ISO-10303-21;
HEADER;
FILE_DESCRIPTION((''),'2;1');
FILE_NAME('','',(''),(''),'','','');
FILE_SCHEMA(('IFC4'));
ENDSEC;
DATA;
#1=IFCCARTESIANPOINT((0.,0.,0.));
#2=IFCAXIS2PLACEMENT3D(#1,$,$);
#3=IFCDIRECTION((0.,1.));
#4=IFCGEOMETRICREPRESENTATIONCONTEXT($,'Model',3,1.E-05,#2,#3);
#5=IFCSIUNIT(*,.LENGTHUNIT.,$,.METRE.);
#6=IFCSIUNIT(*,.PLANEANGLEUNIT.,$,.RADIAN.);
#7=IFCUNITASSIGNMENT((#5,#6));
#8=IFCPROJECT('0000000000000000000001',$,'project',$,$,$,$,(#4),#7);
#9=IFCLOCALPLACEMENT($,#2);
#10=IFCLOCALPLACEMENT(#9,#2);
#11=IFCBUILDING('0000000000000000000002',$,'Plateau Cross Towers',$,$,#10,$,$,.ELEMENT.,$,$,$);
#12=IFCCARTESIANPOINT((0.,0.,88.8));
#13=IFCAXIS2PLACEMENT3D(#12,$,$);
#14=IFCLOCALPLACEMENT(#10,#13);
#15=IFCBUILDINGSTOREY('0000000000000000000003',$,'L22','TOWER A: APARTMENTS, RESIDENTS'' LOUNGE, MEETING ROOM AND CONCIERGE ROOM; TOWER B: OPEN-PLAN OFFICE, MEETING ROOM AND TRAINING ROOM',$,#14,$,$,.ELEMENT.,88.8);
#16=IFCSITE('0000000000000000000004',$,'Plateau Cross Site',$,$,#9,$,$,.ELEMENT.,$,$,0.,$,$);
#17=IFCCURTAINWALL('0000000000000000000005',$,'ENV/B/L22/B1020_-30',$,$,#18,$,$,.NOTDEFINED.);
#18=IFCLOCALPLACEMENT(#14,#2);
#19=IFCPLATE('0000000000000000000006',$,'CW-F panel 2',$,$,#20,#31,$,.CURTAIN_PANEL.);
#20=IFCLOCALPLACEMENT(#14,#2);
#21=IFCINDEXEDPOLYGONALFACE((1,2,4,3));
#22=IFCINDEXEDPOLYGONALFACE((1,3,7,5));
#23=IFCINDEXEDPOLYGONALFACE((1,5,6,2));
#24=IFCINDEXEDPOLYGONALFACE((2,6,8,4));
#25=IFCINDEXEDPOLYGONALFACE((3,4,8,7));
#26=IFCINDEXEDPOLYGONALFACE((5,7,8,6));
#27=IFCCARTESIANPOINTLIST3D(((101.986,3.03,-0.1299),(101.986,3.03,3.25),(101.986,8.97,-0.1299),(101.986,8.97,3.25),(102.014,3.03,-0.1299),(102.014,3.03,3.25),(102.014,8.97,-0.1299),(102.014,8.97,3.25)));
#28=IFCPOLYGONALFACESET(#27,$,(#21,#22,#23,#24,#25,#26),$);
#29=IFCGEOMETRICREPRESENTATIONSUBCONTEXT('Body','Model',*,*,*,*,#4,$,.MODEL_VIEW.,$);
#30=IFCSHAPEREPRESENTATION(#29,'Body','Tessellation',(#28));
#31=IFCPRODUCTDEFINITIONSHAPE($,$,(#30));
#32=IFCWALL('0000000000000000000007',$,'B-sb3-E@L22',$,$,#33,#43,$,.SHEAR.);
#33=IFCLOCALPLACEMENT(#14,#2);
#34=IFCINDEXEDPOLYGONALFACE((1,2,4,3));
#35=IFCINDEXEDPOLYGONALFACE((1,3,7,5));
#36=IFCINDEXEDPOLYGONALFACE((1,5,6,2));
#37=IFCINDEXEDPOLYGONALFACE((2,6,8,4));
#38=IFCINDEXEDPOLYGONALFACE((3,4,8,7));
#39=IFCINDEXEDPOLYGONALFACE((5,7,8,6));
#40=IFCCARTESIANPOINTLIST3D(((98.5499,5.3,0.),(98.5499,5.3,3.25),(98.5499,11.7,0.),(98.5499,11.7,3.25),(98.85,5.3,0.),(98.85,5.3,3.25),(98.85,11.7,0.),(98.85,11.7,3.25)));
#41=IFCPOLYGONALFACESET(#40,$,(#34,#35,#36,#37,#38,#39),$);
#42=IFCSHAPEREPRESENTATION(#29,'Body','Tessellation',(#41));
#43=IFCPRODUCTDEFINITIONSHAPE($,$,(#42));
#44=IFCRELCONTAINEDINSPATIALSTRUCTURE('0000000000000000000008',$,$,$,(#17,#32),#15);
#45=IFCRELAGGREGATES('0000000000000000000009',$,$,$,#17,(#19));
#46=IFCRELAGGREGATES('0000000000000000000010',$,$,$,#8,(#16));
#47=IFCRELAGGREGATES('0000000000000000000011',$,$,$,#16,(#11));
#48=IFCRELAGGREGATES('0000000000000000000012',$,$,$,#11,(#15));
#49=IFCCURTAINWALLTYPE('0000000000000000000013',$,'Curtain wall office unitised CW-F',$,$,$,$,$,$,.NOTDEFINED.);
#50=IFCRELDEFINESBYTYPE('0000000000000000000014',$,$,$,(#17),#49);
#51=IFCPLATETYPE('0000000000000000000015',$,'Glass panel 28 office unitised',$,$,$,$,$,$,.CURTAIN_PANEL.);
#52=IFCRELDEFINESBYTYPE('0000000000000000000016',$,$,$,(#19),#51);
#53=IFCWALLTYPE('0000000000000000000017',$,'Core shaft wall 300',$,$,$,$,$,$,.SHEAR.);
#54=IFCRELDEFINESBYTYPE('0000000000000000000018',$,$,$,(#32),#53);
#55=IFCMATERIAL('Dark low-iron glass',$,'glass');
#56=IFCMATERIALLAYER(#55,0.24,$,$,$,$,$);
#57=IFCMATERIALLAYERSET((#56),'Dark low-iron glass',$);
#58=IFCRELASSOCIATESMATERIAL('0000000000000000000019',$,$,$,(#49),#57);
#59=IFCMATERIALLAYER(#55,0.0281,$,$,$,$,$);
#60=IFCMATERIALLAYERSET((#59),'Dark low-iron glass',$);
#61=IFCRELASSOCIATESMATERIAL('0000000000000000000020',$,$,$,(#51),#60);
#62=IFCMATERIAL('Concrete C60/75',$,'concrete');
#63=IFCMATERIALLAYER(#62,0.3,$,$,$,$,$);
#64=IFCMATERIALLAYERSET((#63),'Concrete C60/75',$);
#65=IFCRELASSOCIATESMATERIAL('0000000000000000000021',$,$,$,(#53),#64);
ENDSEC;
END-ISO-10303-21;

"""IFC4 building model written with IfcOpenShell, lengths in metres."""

from ifc_helpers import new_model, si_unit, direction, frame, frame_2d, origin, origin_2d, place, context, subcontext, project, spatial, rectangle, extrude, material, layer, layer_set, type_object, element, aggregate, save


model = new_model("IFC4")

# Units and contexts
model_context = context("Model", 3, precision=1e-05, world=origin(), true_north=direction((0.0, 1.0)))
body_context = subcontext(model_context, "Body", "Model", "MODEL_VIEW")
ifc_project = project(units=[si_unit("LENGTHUNIT", "METRE"), si_unit("PLANEANGLEUNIT", "RADIAN")], contexts=[model_context])

# Site, building, storey
site_placement = place(None, origin())
site = spatial("IfcSite", under=ifc_project, at=site_placement, Name="Plateau Cross Site", CompositionType="ELEMENT", RefElevation=0.0)
building_placement = place(site_placement, origin())
building = spatial("IfcBuilding", under=site, at=building_placement, Name="Plateau Cross Towers", CompositionType="ELEMENT")
storey_placement = place(building_placement, frame((0.0, 0.0, 88.8)))
storey = spatial("IfcBuildingStorey", under=building, at=storey_placement, Name="L22", Description="TOWER A: APARTMENTS, RESIDENTS' LOUNGE, MEETING ROOM AND CONCIERGE ROOM; TOWER B: OPEN-PLAN OFFICE, MEETING ROOM AND TRAINING ROOM", CompositionType="ELEMENT", Elevation=88.8)

# Shared definitions
ifc_material_1 = material(Name="Concrete C60/75", Category="concrete")

# Shared definitions
ifc_material_2 = material(Name="Dark low-iron glass", Category="glass")
ifc_layer_1 = layer(ifc_material_2, 0.24)
ifc_layer_set_1 = layer_set([ifc_layer_1], Name="Dark low-iron glass")
curtain_wall_type = type_object("IfcCurtainWallType", Name="Curtain wall office unitised CW-F", PredefinedType="NOTDEFINED", material=ifc_layer_set_1)

# Curtain wall
curtain_wall_1_placement = place(storey_placement, origin())
curtain_wall_1 = element("IfcCurtainWall", 1, at=curtain_wall_1_placement, inside=storey, type_object=curtain_wall_type, Name="ENV/B/L22/B1020_-30", PredefinedType="NOTDEFINED")

# Plate
ifc_layer_2 = layer(ifc_material_2, 0.0281)
ifc_layer_set_2 = layer_set([ifc_layer_2], Name="Dark low-iron glass")
plate_type = type_object("IfcPlateType", Name="Glass panel 28 office unitised", PredefinedType="CURTAIN_PANEL", material=ifc_layer_set_2)
plate_1_placement = place(storey_placement, frame((102.0, 6.0, -0.1299), z_axis=(0.0, 0.0, 1.0), x_axis=(0.0, 1.0, 0.0)))
plate_1 = element("IfcPlate", 2, at=plate_1_placement, type_object=plate_type, Name="CW-F panel 2", PredefinedType="CURTAIN_PANEL", context=body_context, shape_type="SweptSolid", body=[
    extrude(rectangle(XDim=5.9399, YDim=0.0281, at=origin_2d()), origin(), (0.0, 0.0, 1.0), 3.3799),
])
aggregate(curtain_wall_1, [plate_1])

# Wall
ifc_layer_3 = layer(ifc_material_1, 0.3)
ifc_layer_set_3 = layer_set([ifc_layer_3], Name="Concrete C60/75")
wall_type = type_object("IfcWallType", Name="Core shaft wall 300", PredefinedType="SHEAR", material=ifc_layer_set_3)
wall_placement = place(storey_placement, frame((98.7, 5.3, 0.0), z_axis=(0.0, 0.0, 1.0), x_axis=(0.0, 1.0, 0.0)))
element("IfcWall", 3, at=wall_placement, inside=storey, type_object=wall_type, Name="B-sb3-E@L22", PredefinedType="SHEAR", context=body_context, shape_type="SweptSolid", body=[
    extrude(rectangle(XDim=6.3999, YDim=0.3, at=frame_2d((3.2, 0.0))), origin(), (0.0, 0.0, 1.0), 3.25),
])

save(model, "model.ifc")
